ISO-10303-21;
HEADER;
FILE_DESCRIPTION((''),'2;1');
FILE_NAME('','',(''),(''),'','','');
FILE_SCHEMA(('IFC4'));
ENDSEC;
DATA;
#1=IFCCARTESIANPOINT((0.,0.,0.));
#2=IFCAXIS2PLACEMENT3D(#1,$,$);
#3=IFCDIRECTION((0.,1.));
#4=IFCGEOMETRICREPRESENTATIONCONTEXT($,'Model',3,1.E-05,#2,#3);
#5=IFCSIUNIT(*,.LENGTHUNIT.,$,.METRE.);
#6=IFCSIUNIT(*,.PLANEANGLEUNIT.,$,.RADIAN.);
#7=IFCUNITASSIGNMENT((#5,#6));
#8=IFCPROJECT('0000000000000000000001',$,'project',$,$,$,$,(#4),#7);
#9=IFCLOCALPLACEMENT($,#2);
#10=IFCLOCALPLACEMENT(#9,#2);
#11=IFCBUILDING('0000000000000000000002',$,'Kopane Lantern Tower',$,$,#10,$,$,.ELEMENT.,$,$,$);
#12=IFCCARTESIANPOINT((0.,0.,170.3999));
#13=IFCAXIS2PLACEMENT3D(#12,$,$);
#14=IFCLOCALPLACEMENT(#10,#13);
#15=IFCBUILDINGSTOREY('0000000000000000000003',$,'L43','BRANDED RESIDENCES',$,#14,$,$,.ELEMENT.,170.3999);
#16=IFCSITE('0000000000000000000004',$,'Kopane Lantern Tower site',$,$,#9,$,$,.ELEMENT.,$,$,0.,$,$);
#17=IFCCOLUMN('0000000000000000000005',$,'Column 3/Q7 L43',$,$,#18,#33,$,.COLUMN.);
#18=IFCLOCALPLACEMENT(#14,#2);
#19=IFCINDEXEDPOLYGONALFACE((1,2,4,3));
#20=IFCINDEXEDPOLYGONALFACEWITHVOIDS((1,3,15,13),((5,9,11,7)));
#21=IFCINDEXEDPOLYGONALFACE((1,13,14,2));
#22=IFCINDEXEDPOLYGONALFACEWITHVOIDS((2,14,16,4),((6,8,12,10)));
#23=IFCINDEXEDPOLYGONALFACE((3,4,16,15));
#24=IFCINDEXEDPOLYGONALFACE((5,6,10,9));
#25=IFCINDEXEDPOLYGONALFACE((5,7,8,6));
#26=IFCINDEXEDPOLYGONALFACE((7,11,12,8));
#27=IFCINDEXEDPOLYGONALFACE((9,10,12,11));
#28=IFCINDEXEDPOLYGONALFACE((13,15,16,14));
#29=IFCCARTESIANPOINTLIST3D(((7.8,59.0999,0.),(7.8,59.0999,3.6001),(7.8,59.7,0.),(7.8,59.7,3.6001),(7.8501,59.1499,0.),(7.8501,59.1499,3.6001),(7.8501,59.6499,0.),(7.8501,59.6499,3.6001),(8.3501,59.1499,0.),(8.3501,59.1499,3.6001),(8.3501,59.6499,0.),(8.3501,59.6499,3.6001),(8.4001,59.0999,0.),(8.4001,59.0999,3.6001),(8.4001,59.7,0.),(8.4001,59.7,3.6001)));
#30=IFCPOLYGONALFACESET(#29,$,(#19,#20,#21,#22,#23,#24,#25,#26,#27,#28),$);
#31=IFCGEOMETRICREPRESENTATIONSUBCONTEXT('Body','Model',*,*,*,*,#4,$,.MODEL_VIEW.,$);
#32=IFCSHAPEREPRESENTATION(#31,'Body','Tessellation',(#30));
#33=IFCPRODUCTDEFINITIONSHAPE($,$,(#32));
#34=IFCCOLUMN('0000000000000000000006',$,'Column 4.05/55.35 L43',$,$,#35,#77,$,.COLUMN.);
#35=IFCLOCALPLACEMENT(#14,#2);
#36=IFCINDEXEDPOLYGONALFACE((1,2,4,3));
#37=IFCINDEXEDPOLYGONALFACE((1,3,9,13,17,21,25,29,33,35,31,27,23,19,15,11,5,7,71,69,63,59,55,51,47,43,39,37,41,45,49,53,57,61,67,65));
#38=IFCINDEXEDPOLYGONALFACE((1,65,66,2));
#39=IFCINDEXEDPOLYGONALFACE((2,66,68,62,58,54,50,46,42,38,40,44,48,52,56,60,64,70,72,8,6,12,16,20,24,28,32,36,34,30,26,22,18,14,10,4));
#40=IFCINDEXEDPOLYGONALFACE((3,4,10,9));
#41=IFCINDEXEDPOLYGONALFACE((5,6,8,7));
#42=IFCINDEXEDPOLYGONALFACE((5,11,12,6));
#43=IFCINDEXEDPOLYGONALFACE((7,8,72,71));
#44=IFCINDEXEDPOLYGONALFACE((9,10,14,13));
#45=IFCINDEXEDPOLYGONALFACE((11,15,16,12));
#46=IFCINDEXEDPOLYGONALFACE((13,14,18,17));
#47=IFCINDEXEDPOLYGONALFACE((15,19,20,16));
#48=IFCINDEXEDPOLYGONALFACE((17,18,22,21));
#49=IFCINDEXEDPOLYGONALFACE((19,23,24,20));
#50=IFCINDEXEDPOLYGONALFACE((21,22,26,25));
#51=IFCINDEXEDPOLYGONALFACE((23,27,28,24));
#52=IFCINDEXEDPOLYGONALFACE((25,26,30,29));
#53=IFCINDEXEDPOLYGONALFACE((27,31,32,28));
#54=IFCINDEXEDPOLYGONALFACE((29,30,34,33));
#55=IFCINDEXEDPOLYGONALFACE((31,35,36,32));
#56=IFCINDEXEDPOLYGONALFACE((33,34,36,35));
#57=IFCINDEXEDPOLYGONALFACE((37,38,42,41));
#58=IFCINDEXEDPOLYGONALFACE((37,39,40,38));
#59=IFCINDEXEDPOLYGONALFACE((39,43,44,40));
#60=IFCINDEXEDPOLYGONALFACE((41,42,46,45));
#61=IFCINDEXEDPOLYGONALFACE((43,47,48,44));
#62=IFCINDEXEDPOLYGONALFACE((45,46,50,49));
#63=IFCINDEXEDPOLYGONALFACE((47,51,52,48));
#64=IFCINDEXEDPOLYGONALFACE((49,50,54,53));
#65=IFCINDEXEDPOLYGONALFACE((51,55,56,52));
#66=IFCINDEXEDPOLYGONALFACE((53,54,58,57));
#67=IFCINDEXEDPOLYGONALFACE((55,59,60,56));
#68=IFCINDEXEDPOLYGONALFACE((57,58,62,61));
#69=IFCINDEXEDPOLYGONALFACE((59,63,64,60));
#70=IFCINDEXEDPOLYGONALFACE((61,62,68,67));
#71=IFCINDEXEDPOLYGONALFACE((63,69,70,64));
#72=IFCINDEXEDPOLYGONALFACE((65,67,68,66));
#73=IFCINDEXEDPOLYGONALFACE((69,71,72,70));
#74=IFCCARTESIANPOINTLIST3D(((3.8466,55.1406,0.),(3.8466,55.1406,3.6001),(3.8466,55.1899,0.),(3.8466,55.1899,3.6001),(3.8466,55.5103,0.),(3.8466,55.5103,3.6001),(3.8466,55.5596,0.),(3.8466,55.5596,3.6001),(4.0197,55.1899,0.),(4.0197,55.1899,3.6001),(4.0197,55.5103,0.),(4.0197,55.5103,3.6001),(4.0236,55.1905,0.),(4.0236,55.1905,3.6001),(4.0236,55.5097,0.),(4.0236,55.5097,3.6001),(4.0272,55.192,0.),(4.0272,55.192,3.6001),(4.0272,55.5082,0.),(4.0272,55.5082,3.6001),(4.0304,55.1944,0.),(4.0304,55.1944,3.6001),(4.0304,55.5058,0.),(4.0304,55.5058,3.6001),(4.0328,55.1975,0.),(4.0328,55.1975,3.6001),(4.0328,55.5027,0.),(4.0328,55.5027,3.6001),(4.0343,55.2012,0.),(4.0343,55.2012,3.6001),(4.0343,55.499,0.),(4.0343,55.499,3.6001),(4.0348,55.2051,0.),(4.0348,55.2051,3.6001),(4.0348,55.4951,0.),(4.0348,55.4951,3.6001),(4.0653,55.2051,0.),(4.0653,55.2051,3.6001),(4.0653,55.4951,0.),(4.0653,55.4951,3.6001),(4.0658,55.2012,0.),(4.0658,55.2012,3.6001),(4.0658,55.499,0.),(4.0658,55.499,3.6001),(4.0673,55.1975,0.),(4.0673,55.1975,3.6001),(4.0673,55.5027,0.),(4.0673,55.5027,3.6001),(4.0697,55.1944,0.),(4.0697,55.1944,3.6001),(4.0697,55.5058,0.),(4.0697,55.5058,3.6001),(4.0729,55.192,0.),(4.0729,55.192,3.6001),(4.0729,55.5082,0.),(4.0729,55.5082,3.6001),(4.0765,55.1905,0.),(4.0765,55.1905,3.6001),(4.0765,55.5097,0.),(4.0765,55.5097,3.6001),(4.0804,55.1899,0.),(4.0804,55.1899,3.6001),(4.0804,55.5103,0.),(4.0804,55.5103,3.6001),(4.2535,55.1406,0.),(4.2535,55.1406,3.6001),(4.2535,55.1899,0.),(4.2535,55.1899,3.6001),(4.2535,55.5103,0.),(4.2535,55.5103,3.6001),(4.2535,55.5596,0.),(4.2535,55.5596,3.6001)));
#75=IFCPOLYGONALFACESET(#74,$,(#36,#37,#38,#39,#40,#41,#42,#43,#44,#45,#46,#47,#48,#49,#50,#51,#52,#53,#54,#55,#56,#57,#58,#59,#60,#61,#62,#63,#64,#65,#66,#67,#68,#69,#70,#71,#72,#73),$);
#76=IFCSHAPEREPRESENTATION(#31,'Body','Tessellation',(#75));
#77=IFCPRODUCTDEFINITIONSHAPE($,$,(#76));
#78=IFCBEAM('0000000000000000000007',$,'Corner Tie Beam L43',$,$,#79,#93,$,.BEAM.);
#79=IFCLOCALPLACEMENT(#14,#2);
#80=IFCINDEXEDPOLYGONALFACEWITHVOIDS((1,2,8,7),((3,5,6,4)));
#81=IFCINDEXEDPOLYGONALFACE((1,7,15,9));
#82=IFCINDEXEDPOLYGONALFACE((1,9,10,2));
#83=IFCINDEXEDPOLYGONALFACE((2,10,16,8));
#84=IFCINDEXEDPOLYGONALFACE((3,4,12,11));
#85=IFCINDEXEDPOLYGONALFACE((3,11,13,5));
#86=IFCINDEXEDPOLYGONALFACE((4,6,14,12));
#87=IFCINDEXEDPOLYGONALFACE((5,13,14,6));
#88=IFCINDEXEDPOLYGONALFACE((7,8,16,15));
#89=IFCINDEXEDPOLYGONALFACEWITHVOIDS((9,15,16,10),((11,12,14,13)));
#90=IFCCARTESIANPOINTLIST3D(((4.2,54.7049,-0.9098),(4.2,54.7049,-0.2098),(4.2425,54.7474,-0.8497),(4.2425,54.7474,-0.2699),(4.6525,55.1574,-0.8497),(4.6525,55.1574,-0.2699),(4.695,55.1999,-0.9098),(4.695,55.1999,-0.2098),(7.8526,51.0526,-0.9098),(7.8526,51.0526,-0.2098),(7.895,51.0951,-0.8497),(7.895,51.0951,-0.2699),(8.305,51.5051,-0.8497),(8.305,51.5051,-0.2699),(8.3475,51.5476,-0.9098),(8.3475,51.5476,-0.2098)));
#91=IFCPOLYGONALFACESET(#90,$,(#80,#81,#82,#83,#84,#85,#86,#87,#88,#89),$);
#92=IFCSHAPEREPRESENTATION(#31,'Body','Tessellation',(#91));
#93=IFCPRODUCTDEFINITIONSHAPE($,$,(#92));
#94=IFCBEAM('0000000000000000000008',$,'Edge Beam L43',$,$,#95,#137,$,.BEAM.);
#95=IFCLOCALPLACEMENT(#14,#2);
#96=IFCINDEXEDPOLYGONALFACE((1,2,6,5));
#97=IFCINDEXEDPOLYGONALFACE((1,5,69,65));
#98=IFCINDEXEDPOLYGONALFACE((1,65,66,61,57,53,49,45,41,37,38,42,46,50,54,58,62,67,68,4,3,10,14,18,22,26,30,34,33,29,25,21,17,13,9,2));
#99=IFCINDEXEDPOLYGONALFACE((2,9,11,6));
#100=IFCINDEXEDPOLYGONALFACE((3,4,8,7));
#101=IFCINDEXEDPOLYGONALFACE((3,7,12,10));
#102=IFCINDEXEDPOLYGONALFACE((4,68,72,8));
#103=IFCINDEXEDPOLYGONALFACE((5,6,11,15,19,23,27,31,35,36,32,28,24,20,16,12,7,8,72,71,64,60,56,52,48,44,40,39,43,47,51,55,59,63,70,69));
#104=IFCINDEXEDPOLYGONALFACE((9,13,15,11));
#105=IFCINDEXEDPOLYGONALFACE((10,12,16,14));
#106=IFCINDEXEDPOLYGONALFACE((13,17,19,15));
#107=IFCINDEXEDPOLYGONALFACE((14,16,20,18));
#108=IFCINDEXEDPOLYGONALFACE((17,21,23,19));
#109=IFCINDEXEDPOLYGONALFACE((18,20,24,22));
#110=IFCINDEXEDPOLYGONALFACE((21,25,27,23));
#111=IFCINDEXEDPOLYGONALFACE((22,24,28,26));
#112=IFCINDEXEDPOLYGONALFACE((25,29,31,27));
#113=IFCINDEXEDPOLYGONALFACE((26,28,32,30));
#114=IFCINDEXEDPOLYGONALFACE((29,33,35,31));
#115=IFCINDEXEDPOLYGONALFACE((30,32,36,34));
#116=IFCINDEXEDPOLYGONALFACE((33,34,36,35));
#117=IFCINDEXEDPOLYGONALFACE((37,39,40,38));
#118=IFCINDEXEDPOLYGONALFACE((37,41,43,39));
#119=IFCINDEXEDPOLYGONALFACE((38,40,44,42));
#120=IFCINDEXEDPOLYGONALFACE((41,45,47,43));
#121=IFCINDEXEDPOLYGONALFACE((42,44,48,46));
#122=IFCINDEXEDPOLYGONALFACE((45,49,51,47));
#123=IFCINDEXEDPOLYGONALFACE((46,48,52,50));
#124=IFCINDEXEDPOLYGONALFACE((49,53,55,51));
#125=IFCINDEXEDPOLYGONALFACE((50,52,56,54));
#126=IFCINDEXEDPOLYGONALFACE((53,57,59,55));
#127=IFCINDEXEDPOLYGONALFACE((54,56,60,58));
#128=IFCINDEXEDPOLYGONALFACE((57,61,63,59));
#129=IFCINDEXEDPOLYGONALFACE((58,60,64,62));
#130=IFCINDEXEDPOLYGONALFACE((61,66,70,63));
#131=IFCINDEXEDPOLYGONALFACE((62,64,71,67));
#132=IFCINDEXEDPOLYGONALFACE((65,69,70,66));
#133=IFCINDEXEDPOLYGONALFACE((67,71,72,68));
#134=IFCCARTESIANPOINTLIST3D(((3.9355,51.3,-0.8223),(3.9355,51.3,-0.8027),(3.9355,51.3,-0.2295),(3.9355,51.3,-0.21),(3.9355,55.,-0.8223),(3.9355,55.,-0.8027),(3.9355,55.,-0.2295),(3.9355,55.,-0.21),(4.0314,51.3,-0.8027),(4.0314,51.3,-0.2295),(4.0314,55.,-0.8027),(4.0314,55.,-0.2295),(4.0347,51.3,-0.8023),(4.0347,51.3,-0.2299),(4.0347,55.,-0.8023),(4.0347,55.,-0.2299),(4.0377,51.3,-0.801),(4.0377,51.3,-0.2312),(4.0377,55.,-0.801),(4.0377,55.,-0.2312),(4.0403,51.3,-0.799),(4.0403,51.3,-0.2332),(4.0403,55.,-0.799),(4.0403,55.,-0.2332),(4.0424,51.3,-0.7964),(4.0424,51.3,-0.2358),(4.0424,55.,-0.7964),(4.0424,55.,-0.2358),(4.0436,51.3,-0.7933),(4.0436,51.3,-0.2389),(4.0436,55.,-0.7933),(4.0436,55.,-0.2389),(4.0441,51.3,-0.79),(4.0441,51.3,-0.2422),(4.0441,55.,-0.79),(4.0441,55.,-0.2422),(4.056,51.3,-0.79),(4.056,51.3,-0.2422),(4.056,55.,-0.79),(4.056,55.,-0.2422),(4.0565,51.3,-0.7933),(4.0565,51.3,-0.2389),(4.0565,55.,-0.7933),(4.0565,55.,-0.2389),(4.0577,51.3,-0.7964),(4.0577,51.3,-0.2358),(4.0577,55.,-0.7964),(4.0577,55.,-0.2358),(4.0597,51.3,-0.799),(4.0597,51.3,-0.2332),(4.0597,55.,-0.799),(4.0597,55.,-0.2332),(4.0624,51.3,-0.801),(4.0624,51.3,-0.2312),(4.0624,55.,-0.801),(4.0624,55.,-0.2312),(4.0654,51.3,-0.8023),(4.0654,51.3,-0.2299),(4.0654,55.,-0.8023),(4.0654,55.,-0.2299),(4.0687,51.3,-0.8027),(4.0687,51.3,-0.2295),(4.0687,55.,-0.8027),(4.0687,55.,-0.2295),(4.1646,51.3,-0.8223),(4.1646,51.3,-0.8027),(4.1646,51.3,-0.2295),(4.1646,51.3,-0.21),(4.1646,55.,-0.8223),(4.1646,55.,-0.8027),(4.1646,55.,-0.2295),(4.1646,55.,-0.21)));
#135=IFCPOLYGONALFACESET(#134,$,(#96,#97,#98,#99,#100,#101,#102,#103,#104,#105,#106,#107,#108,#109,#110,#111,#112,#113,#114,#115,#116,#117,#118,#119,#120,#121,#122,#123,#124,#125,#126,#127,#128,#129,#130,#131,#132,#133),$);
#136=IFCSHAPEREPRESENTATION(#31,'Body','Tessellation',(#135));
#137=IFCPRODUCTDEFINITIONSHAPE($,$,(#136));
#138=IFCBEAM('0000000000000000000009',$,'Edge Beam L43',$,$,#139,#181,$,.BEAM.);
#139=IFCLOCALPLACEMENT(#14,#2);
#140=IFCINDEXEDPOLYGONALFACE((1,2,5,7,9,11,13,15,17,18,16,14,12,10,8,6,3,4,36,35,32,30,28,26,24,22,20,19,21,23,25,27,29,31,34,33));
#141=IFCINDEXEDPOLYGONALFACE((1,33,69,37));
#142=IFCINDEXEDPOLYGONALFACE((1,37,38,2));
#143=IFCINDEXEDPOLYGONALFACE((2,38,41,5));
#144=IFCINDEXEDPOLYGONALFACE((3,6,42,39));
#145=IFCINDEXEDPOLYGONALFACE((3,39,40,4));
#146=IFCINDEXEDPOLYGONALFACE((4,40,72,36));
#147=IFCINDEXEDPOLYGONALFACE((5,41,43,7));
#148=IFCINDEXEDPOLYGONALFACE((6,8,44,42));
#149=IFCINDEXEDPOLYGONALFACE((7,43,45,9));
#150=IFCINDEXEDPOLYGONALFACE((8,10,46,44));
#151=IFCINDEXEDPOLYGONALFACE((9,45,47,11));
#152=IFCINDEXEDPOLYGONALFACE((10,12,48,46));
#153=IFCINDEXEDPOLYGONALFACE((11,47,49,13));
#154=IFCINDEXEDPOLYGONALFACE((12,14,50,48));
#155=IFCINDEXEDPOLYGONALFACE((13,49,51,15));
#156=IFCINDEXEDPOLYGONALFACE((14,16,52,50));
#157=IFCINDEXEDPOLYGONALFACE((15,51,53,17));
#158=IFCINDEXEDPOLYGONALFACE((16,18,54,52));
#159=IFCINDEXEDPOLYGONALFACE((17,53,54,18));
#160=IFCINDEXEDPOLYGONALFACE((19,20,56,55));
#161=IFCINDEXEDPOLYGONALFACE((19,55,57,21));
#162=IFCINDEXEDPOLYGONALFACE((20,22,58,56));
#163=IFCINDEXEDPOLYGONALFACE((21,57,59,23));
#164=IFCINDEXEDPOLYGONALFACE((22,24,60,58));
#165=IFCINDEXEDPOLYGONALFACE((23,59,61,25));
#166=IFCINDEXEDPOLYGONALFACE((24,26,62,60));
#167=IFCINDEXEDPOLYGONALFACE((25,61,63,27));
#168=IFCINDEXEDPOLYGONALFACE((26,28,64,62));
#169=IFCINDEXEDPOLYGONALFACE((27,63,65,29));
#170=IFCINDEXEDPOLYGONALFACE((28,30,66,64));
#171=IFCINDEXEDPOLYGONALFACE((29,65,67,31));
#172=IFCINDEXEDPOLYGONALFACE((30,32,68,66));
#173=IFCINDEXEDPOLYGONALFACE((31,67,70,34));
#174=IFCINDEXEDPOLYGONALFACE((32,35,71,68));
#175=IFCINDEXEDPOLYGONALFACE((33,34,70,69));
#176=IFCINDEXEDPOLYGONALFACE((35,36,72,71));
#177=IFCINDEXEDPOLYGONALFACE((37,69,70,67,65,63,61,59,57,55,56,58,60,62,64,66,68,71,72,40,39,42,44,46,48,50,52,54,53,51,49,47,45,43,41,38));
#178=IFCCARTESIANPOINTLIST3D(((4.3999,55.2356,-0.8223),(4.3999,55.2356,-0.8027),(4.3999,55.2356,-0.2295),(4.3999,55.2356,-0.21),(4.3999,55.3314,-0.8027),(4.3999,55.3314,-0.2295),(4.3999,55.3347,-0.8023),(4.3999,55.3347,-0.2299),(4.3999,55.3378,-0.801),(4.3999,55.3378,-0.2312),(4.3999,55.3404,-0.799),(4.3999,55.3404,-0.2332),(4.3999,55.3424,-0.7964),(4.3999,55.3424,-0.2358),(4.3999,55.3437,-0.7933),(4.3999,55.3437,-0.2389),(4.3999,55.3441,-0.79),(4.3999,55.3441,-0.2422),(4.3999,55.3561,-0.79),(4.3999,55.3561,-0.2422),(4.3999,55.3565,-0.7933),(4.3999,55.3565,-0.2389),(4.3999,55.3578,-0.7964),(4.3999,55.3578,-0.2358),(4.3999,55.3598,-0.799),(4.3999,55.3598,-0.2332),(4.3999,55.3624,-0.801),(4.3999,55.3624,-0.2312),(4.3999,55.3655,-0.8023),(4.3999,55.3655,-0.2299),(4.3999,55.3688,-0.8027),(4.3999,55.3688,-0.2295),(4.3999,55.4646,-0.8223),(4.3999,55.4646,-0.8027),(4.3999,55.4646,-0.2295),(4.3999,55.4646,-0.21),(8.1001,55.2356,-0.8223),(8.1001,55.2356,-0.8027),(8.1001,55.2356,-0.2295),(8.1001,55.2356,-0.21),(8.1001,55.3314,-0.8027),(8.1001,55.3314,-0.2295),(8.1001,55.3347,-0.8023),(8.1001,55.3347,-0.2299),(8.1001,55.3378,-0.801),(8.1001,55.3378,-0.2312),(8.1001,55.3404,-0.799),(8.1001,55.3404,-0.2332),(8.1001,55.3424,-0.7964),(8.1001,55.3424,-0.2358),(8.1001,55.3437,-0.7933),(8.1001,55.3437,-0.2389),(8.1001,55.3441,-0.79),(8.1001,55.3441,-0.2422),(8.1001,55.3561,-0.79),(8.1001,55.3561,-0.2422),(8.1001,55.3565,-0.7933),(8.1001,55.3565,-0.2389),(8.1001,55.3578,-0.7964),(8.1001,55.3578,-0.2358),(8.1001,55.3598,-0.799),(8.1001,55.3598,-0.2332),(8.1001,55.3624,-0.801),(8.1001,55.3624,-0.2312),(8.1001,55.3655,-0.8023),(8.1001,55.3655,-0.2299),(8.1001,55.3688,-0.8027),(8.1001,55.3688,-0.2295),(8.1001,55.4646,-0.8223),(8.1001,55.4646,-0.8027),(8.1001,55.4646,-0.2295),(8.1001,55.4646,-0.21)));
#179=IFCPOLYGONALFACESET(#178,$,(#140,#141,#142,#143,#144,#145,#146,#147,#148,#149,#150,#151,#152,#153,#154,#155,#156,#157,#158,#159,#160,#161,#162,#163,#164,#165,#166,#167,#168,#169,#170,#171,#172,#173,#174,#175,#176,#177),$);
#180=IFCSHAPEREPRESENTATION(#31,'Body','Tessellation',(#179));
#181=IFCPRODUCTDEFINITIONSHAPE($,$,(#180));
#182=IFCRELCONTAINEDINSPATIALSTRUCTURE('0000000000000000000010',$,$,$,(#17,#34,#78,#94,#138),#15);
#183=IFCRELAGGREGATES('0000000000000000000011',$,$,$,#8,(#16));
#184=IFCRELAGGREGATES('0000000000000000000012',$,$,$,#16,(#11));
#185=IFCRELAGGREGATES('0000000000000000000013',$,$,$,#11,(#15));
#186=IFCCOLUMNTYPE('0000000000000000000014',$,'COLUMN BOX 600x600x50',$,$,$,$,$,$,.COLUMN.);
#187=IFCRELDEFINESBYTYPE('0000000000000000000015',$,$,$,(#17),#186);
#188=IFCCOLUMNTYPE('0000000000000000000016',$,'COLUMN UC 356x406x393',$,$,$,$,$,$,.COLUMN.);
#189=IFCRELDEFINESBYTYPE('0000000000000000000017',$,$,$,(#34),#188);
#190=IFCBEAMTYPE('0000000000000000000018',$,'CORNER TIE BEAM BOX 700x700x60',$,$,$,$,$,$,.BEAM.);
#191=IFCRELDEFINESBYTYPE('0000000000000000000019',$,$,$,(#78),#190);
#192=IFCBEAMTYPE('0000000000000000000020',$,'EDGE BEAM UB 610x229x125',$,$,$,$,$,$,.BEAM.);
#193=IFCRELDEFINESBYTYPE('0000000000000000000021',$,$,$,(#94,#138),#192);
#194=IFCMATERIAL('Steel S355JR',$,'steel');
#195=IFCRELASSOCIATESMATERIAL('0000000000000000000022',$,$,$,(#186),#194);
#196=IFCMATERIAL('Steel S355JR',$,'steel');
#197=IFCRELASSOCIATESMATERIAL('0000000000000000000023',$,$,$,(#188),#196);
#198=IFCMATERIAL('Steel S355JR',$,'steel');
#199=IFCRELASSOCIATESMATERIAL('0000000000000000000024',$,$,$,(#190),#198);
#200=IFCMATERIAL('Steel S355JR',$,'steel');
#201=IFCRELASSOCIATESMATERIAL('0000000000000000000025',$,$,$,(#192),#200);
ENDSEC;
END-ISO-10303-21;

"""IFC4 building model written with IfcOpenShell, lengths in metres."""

from ifc_helpers import new_model, si_unit, direction, frame, origin, origin_2d, place, context, subcontext, project, spatial, hollow_rectangle, i_section, extrude, material, material_profile, profile_set, type_object, element, save


model = new_model("IFC4")

# Units and contexts
model_context = context("Model", 3, precision=1e-05, world=origin(), true_north=direction((0.0, 1.0)))
body_context = subcontext(model_context, "Body", "Model", "MODEL_VIEW")
ifc_project = project(units=[si_unit("LENGTHUNIT", "METRE"), si_unit("PLANEANGLEUNIT", "RADIAN")], contexts=[model_context])

# Site, building, storey
site_placement = place(None, origin())
site = spatial("IfcSite", under=ifc_project, at=site_placement, Name="Kopane Lantern Tower site", CompositionType="ELEMENT", RefElevation=0.0)
building_placement = place(site_placement, origin())
building = spatial("IfcBuilding", under=site, at=building_placement, Name="Kopane Lantern Tower", CompositionType="ELEMENT")
storey_placement = place(building_placement, frame((0.0, 0.0, 170.3999)))
storey = spatial("IfcBuildingStorey", under=building, at=storey_placement, Name="L43", Description="BRANDED RESIDENCES", CompositionType="ELEMENT", Elevation=170.3999)

# Columns
ifc_material_1 = material(Name="Steel S355JR", Category="steel")
ifc_material_profile_1 = material_profile(ifc_material_1, hollow_rectangle(XDim=0.6001, YDim=0.6001, WallThickness=0.05, at=origin_2d()), Name="BOX 600x600x50")
ifc_profile_set_1 = profile_set([ifc_material_profile_1], Name="Steel S355JR")
column_type_1 = type_object("IfcColumnType", Name="COLUMN BOX 600x600x50", PredefinedType="COLUMN", material=ifc_profile_set_1)
column_1_placement = place(storey_placement, frame((8.1001, 59.3999, 0.0), z_axis=(0.0, 0.0, 1.0), x_axis=(1.0, 0.0, 0.0)))
element("IfcColumn", 1, at=column_1_placement, inside=storey, type_object=column_type_1, Name="Column 3/Q7 L43", PredefinedType="COLUMN", context=body_context, shape_type="SweptSolid", body=[
    extrude(hollow_rectangle(XDim=0.6001, YDim=0.6001, WallThickness=0.05, at=origin_2d()), origin(), (0.0, 0.0, 1.0), 3.6001),
])
ifc_material_2 = material(Name="Steel S355JR", Category="steel")
ifc_material_profile_2 = material_profile(ifc_material_2, i_section(OverallWidth=0.407, OverallDepth=0.4189, WebThickness=0.0305, FlangeThickness=0.0493, FilletRadius=0.0151, at=origin_2d()), Name="UC 356x406x393")
ifc_profile_set_2 = profile_set([ifc_material_profile_2], Name="Steel S355JR")
column_type_2 = type_object("IfcColumnType", Name="COLUMN UC 356x406x393", PredefinedType="COLUMN", material=ifc_profile_set_2)
column_2_placement = place(storey_placement, frame((4.05, 55.3501, 0.0), z_axis=(0.0, 0.0, 1.0), x_axis=(1.0, 0.0, 0.0)))
element("IfcColumn", 2, at=column_2_placement, inside=storey, type_object=column_type_2, Name="Column 4.05/55.35 L43", PredefinedType="COLUMN", context=body_context, shape_type="SweptSolid", body=[
    extrude(i_section(OverallWidth=0.407, OverallDepth=0.4189, WebThickness=0.0305, FlangeThickness=0.0493, FilletRadius=0.0151, at=origin_2d()), origin(), (0.0, 0.0, 1.0), 3.6001),
])

# Beams
ifc_material_3 = material(Name="Steel S355JR", Category="steel")
ifc_material_profile_3 = material_profile(ifc_material_3, hollow_rectangle(XDim=0.7, YDim=0.7, WallThickness=0.0601, at=origin_2d()), Name="BOX 700x700x60")
ifc_profile_set_3 = profile_set([ifc_material_profile_3], Name="Steel S355JR")
beam_type_1 = type_object("IfcBeamType", Name="CORNER TIE BEAM BOX 700x700x60", PredefinedType="BEAM", material=ifc_profile_set_3)
beam_1_placement = place(storey_placement, frame((4.4475, 54.9524, -0.5598), z_axis=(0.70713, -0.707083, 0.0), x_axis=(0.707083, 0.70713, 0.0)))
element("IfcBeam", 3, at=beam_1_placement, inside=storey, type_object=beam_type_1, Name="Corner Tie Beam L43", PredefinedType="BEAM", context=body_context, shape_type="SweptSolid", body=[
    extrude(hollow_rectangle(XDim=0.7, YDim=0.7, WallThickness=0.0601, at=origin_2d()), origin(), (0.0, 0.0, 1.0), 5.1653),
])
ifc_material_4 = material(Name="Steel S355JR", Category="steel")
ifc_material_profile_4 = material_profile(ifc_material_4, i_section(OverallWidth=0.229, OverallDepth=0.6123, WebThickness=0.012, FlangeThickness=0.0195, FilletRadius=0.0127, at=origin_2d()), Name="UB 610x229x125")
ifc_profile_set_4 = profile_set([ifc_material_profile_4], Name="Steel S355JR")
beam_type_2 = type_object("IfcBeamType", Name="EDGE BEAM UB 610x229x125", PredefinedType="BEAM", material=ifc_profile_set_4)
beam_2_placement = place(storey_placement, frame((4.05, 55.0, -0.5161), z_axis=(0.0, -1.0, 0.0), x_axis=(1.0, 0.0, 0.0)))
element("IfcBeam", 4, at=beam_2_placement, inside=storey, type_object=beam_type_2, Name="Edge Beam L43", PredefinedType="BEAM", context=body_context, shape_type="SweptSolid", body=[
    extrude(i_section(OverallWidth=0.229, OverallDepth=0.6123, WebThickness=0.012, FlangeThickness=0.0195, FilletRadius=0.0127, at=origin_2d()), origin(), (0.0, 0.0, 1.0), 3.7),
])
beam_3_placement = place(storey_placement, frame((4.3999, 55.3501, -0.5161), z_axis=(1.0, 0.0, 0.0), x_axis=(0.0, 1.0, 0.0)))
element("IfcBeam", 5, at=beam_3_placement, inside=storey, type_object=beam_type_2, Name="Edge Beam L43", PredefinedType="BEAM", context=body_context, shape_type="SweptSolid", body=[
    extrude(i_section(OverallWidth=0.229, OverallDepth=0.6123, WebThickness=0.012, FlangeThickness=0.0195, FilletRadius=0.0127, at=origin_2d()), origin(), (0.0, 0.0, 1.0), 3.7002),
])

save(model, "model.ifc")
